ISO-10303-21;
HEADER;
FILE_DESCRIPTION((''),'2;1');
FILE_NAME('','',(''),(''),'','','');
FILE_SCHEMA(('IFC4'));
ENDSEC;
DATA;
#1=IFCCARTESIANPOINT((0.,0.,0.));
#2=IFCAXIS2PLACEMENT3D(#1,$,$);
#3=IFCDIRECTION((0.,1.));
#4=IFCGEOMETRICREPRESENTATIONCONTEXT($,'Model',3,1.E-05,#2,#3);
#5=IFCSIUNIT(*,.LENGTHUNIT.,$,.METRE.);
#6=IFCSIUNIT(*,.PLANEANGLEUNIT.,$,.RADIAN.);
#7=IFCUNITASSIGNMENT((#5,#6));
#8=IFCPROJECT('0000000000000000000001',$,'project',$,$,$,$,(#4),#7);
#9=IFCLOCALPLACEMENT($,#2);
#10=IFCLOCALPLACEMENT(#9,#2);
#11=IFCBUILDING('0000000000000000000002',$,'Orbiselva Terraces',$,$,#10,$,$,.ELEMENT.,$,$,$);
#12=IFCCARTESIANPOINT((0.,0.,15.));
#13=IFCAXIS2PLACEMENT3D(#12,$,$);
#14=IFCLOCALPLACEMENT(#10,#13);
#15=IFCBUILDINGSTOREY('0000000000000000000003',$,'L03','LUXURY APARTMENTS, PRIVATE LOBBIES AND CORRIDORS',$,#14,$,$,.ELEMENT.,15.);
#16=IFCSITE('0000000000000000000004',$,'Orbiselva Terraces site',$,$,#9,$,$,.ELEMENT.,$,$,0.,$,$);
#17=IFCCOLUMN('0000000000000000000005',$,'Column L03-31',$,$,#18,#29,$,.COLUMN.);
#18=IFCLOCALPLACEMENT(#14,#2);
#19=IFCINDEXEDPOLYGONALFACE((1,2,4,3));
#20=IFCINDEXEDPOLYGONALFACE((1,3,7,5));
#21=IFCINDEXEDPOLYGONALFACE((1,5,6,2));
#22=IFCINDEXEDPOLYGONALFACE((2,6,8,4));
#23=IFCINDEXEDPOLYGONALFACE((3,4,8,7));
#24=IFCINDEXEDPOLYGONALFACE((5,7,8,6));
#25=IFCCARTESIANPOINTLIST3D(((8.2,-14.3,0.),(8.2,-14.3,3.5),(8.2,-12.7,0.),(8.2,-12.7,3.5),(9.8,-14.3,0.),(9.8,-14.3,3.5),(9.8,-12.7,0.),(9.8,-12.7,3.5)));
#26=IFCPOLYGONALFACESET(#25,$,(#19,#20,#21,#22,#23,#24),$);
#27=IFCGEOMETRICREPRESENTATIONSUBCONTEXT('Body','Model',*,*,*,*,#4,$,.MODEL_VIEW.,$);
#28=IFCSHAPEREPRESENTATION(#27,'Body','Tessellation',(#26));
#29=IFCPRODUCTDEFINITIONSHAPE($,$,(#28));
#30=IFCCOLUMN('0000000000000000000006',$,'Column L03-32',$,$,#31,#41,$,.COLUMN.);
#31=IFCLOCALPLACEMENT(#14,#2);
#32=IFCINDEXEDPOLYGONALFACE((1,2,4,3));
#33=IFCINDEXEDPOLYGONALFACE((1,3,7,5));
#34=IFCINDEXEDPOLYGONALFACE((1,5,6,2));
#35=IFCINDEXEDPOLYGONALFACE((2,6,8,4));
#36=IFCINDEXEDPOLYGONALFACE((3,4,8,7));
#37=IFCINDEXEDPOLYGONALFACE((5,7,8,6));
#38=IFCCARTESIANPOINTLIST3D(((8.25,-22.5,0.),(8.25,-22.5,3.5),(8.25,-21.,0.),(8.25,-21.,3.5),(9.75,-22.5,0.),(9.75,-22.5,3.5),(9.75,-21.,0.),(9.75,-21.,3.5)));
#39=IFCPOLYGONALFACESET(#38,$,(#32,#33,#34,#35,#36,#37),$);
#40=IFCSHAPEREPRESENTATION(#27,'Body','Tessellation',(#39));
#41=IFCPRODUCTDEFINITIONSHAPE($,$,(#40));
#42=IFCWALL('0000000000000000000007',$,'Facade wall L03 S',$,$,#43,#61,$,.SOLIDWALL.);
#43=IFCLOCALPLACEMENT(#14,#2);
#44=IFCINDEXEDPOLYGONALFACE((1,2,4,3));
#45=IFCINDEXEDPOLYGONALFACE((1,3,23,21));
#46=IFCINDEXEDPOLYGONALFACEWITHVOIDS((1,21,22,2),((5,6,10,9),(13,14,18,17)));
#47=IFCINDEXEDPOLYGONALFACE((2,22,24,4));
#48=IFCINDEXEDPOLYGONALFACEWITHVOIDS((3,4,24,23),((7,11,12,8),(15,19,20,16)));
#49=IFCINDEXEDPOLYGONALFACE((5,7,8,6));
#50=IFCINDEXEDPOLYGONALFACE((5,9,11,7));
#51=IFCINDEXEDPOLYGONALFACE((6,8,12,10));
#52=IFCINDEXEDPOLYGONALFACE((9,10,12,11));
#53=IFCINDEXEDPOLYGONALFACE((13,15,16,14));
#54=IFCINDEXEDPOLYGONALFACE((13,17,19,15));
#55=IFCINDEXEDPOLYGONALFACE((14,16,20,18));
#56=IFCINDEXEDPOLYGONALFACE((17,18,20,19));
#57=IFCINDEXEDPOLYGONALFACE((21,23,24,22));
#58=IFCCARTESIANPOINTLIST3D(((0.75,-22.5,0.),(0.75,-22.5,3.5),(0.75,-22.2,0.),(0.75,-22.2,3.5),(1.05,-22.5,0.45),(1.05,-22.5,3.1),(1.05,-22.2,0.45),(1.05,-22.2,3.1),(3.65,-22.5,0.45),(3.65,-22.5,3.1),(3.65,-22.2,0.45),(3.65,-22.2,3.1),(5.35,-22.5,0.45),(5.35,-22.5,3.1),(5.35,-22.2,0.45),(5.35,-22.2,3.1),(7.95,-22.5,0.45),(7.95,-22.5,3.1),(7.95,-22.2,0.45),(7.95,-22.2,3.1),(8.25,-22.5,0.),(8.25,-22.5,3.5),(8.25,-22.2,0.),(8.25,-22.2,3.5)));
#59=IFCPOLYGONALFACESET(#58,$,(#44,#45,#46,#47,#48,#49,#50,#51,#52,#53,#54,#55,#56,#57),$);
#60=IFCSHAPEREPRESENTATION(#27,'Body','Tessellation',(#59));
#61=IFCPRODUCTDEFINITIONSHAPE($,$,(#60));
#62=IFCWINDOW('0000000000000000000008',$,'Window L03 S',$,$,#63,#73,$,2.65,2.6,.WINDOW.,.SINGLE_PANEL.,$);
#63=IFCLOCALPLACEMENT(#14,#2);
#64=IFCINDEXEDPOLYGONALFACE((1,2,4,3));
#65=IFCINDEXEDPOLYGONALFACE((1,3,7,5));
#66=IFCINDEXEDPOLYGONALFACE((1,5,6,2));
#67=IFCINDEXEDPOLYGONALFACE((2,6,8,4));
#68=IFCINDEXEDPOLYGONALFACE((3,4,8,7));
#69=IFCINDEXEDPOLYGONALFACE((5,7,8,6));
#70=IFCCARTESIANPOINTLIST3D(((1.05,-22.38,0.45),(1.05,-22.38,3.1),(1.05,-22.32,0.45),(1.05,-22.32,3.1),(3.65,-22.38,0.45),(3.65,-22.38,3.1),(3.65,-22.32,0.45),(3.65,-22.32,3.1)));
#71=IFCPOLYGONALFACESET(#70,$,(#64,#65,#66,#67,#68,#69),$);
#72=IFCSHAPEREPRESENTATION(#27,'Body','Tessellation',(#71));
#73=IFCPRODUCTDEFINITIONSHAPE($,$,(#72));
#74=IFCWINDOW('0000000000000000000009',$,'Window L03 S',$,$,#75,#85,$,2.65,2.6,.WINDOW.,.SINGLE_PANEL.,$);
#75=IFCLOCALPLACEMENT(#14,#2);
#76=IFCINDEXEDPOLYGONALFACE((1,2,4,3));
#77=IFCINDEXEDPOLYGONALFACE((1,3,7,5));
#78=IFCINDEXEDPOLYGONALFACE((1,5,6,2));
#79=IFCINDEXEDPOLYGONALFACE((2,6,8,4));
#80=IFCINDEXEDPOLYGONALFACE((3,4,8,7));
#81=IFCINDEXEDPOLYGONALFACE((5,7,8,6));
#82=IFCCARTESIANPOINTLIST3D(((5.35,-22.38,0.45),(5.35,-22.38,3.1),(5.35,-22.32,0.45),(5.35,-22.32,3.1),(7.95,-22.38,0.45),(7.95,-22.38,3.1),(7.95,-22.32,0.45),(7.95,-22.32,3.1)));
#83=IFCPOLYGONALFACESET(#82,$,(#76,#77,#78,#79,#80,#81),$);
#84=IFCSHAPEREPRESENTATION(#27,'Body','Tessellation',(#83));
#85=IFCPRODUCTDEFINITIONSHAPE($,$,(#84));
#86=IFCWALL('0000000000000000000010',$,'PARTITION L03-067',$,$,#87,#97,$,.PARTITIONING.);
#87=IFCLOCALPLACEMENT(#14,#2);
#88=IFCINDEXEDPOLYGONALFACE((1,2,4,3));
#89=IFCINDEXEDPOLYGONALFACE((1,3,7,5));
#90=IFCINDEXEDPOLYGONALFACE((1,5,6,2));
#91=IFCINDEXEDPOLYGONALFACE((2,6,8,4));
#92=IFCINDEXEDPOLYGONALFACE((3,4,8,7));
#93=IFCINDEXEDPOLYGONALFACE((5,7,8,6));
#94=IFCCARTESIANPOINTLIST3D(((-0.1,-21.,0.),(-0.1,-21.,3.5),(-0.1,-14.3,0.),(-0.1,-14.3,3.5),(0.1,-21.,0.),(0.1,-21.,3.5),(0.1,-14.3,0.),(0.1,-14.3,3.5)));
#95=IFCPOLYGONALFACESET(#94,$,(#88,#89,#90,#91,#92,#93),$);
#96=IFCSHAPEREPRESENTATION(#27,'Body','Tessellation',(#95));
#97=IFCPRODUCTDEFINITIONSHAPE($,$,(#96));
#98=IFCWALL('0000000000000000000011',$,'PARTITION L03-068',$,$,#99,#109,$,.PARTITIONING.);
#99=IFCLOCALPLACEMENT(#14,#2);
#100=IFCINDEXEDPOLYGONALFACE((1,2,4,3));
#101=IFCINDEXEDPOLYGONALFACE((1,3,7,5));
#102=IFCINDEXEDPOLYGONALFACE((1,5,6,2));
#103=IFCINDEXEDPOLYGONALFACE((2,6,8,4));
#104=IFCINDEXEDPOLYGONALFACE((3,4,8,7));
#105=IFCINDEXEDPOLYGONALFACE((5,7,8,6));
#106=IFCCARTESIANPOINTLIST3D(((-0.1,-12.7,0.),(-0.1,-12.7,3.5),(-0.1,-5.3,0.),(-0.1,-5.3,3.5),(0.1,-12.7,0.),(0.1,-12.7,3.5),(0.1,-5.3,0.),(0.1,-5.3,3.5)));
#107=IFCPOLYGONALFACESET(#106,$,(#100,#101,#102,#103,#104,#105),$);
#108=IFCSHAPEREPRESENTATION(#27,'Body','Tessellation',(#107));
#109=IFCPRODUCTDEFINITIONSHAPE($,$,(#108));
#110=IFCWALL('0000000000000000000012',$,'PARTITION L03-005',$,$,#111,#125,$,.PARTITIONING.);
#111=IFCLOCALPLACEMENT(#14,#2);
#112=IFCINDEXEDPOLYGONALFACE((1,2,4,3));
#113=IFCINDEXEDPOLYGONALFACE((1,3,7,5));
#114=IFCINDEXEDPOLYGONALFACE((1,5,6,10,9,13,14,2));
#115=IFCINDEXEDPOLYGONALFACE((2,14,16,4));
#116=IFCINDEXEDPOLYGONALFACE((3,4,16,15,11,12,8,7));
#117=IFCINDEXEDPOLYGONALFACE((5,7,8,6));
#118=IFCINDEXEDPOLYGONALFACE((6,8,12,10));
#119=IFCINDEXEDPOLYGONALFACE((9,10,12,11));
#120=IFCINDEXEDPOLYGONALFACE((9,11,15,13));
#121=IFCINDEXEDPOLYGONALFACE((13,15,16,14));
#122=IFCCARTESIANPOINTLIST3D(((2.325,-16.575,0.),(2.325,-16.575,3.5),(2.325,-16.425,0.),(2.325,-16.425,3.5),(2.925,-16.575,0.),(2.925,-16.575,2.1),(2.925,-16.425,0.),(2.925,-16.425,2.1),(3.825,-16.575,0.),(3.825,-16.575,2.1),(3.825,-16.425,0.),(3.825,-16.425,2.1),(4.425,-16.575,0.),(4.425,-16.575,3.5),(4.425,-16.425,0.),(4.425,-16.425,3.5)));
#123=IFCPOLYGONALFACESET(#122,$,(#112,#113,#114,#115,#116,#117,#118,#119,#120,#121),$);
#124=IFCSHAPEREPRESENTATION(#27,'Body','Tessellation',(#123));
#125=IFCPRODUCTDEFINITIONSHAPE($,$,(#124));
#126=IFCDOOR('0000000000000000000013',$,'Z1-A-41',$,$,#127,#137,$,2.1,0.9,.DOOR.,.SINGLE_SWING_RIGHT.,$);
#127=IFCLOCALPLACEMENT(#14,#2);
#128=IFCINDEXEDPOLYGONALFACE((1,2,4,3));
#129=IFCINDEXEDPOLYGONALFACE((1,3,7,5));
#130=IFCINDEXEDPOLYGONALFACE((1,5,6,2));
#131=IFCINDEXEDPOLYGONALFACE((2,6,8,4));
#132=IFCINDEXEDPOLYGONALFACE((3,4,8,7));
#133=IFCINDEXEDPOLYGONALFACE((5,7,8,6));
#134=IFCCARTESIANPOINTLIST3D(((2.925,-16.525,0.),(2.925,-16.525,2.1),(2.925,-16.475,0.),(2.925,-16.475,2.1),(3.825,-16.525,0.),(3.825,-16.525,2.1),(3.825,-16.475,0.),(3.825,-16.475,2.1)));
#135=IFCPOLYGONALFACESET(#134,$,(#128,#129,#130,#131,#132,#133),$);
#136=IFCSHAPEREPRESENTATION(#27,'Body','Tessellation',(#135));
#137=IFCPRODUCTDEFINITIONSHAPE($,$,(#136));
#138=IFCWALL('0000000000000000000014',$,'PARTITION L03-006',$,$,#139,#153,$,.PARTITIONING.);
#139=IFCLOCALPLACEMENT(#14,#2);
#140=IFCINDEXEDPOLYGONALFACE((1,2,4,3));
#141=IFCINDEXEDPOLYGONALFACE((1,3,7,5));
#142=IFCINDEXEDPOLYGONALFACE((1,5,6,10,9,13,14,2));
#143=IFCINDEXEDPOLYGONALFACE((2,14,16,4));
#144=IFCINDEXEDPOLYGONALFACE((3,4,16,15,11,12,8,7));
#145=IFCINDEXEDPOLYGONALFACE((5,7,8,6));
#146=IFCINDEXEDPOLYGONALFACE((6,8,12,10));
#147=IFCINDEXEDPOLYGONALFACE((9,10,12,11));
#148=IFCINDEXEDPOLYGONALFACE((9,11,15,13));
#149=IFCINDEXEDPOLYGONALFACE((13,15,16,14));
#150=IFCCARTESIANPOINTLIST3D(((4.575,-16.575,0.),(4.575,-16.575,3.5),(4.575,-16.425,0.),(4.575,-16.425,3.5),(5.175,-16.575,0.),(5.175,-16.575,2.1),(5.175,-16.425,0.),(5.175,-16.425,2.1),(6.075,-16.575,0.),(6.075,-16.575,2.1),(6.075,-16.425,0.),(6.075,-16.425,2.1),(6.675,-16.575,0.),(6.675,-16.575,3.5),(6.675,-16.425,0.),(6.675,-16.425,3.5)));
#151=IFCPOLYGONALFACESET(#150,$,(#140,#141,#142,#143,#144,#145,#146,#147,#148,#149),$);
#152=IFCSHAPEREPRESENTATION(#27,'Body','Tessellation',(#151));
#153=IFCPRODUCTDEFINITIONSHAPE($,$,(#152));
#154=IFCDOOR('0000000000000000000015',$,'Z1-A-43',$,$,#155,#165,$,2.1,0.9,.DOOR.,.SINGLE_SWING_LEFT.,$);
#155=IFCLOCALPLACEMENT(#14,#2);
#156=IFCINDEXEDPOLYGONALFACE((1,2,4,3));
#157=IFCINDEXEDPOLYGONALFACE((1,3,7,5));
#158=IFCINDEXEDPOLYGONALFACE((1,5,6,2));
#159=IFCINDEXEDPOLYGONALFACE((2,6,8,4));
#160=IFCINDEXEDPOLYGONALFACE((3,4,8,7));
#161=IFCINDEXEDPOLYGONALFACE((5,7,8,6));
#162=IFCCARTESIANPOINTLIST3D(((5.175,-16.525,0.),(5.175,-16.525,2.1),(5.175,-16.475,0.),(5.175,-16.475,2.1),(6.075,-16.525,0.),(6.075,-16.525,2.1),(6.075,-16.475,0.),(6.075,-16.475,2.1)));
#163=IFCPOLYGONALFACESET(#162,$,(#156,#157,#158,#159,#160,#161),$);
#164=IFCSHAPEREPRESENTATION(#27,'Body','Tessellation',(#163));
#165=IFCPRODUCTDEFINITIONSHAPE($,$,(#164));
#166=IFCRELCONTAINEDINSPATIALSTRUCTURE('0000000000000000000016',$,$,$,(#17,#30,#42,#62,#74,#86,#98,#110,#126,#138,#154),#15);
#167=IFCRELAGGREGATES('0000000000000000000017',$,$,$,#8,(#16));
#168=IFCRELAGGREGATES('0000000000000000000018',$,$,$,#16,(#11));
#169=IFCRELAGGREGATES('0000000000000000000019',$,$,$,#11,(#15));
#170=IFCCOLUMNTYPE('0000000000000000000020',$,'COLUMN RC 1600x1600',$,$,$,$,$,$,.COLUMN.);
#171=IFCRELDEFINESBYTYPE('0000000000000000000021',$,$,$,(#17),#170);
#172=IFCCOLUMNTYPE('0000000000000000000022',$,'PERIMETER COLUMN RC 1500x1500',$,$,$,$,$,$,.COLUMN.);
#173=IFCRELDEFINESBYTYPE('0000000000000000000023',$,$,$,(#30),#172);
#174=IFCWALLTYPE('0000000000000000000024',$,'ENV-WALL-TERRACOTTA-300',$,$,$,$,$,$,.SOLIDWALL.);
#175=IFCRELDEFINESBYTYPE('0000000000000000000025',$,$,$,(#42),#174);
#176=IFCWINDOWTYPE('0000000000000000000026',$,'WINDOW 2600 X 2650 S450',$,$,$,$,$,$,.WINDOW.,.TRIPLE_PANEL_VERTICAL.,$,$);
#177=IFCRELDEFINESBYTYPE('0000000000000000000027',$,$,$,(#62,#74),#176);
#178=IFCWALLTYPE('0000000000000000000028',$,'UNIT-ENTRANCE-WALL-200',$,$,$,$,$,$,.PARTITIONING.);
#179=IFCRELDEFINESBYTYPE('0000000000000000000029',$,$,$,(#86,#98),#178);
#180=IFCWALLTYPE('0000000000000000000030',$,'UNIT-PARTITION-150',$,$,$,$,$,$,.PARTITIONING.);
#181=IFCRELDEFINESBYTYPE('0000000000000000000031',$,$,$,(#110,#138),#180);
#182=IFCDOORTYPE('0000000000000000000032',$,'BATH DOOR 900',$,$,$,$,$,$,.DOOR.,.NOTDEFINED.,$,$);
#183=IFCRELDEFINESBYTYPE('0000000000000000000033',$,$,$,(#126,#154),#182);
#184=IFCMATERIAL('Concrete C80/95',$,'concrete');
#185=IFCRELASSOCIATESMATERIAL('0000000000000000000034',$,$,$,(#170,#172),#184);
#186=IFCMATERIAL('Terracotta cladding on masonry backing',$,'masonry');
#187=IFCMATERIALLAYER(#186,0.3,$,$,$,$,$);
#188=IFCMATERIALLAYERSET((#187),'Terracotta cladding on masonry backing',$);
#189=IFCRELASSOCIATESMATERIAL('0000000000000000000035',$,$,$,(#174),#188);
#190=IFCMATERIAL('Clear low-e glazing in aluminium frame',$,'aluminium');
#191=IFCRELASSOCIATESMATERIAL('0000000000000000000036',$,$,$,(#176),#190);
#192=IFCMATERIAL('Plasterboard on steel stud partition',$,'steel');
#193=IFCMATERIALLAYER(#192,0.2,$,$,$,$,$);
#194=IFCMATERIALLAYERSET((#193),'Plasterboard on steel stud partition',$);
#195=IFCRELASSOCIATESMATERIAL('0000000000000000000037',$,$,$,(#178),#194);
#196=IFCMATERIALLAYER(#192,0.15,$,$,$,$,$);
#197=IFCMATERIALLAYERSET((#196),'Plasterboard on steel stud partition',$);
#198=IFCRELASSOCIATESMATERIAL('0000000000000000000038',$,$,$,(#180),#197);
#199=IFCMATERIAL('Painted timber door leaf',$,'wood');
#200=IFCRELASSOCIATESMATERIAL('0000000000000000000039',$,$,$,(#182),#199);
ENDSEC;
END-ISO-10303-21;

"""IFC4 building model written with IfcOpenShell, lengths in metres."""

from ifc_helpers import new_model, si_unit, direction, frame, frame_2d, origin, origin_2d, place, context, subcontext, project, spatial, rectangle, extrude, material, layer, layer_set, material_profile, profile_set, type_object, element, fill, save


model = new_model("IFC4")

# Units and contexts
model_context = context("Model", 3, precision=1e-05, world=origin(), true_north=direction((0.0, 1.0)))
body_context = subcontext(model_context, "Body", "Model", "MODEL_VIEW")
ifc_project = project(units=[si_unit("LENGTHUNIT", "METRE"), si_unit("PLANEANGLEUNIT", "RADIAN")], contexts=[model_context])

# Site, building, storey
site_placement = place(None, origin())
site = spatial("IfcSite", under=ifc_project, at=site_placement, Name="Orbiselva Terraces site", CompositionType="ELEMENT", RefElevation=0.0)
building_placement = place(site_placement, origin())
building = spatial("IfcBuilding", under=site, at=building_placement, Name="Orbiselva Terraces", CompositionType="ELEMENT")
storey_placement = place(building_placement, frame((0.0, 0.0, 15.0)))
storey = spatial("IfcBuildingStorey", under=building, at=storey_placement, Name="L03", Description="LUXURY APARTMENTS, PRIVATE LOBBIES AND CORRIDORS", CompositionType="ELEMENT", Elevation=15.0)

# Columns
ifc_material_1 = material(Name="Concrete C80/95", Category="concrete")
ifc_material_profile_1 = material_profile(ifc_material_1, rectangle(XDim=1.6, YDim=1.6, at=origin_2d()), Name="RC 1600x1600")
ifc_profile_set_1 = profile_set([ifc_material_profile_1], Name="Concrete C80/95")
column_type_1 = type_object("IfcColumnType", Name="COLUMN RC 1600x1600", PredefinedType="COLUMN", material=ifc_profile_set_1)
column_1_placement = place(storey_placement, frame((9.0, -13.5, 0.0), z_axis=(0.0, 0.0, 1.0), x_axis=(1.0, 0.0, 0.0)))
element("IfcColumn", 1, at=column_1_placement, inside=storey, type_object=column_type_1, Name="Column L03-31", PredefinedType="COLUMN", context=body_context, shape_type="SweptSolid", body=[
    extrude(rectangle(XDim=1.6, YDim=1.6, at=origin_2d()), origin(), (0.0, 0.0, 1.0), 3.5),
])
ifc_material_profile_2 = material_profile(ifc_material_1, rectangle(XDim=1.5, YDim=1.5, at=origin_2d()), Name="RC 1500x1500")
ifc_profile_set_2 = profile_set([ifc_material_profile_2], Name="Concrete C80/95")
column_type_2 = type_object("IfcColumnType", Name="PERIMETER COLUMN RC 1500x1500", PredefinedType="COLUMN", material=ifc_profile_set_2)
column_2_placement = place(storey_placement, frame((9.0, -21.75, 0.0), z_axis=(0.0, 0.0, 1.0), x_axis=(1.0, 0.0, 0.0)))
element("IfcColumn", 2, at=column_2_placement, inside=storey, type_object=column_type_2, Name="Column L03-32", PredefinedType="COLUMN", context=body_context, shape_type="SweptSolid", body=[
    extrude(rectangle(XDim=1.5, YDim=1.5, at=origin_2d()), origin(), (0.0, 0.0, 1.0), 3.5),
])

# Wall, openings, windows
ifc_material_2 = material(Name="Terracotta cladding on masonry backing", Category="masonry")
ifc_layer_1 = layer(ifc_material_2, 0.3)
ifc_layer_set_1 = layer_set([ifc_layer_1], Name="Terracotta cladding on masonry backing")
wall_type_1 = type_object("IfcWallType", Name="ENV-WALL-TERRACOTTA-300", PredefinedType="SOLIDWALL", material=ifc_layer_set_1)
wall_1_placement = place(storey_placement, frame((8.25, -22.35, 0.0), z_axis=(0.0, 0.0, 1.0), x_axis=(-1.0, 0.0, 0.0)))
wall_1 = element("IfcWall", 3, at=wall_1_placement, inside=storey, type_object=wall_type_1, Name="Facade wall L03 S", PredefinedType="SOLIDWALL", context=body_context, shape_type="SweptSolid", body=[
    extrude(rectangle(XDim=7.5, YDim=0.3, at=frame_2d((3.75, 0.0))), origin(), (0.0, 0.0, 1.0), 3.5),
])
opening_1_placement = place(wall_1_placement, frame((4.6, 0.0, 0.45)))
opening_1 = element("IfcOpeningElement", 4, at=opening_1_placement, cuts=wall_1, PredefinedType="OPENING", context=body_context, shape_type="SweptSolid", body=[
    extrude(rectangle(XDim=2.6, YDim=2.65, at=frame_2d((1.3, 1.325))), frame((0.0, 0.16, 0.0), z_axis=(0.0, -1.0, 0.0), x_axis=(1.0, 0.0, 0.0)), (0.0, 0.0, 1.0), 0.32),
])
opening_2_placement = place(wall_1_placement, frame((0.3, 0.0, 0.45)))
opening_2 = element("IfcOpeningElement", 5, at=opening_2_placement, cuts=wall_1, PredefinedType="OPENING", context=body_context, shape_type="SweptSolid", body=[
    extrude(rectangle(XDim=2.6, YDim=2.65, at=frame_2d((1.3, 1.325))), frame((0.0, 0.16, 0.0), z_axis=(0.0, -1.0, 0.0), x_axis=(1.0, 0.0, 0.0)), (0.0, 0.0, 1.0), 0.32),
])
ifc_material_3 = material(Name="Clear low-e glazing in aluminium frame", Category="aluminium")
window_type = type_object("IfcWindowType", Name="WINDOW 2600 X 2650 S450", PartitioningType="TRIPLE_PANEL_VERTICAL", PredefinedType="WINDOW", material=ifc_material_3)
window_1_placement = place(opening_1_placement, origin())
window_1 = element("IfcWindow", 6, at=window_1_placement, inside=storey, type_object=window_type, Name="Window L03 S", OverallHeight=2.65, OverallWidth=2.6, PartitioningType="SINGLE_PANEL", PredefinedType="WINDOW", context=body_context, shape_type="SweptSolid", body=[
    extrude(rectangle(XDim=2.6, YDim=2.65, at=frame_2d((1.3, 1.325))), frame((0.0, 0.03, 0.0), z_axis=(0.0, -1.0, 0.0), x_axis=(1.0, 0.0, 0.0)), (0.0, 0.0, 1.0), 0.06),
])
fill(opening_1, window_1)
window_2_placement = place(opening_2_placement, origin())
window_2 = element("IfcWindow", 7, at=window_2_placement, inside=storey, type_object=window_type, Name="Window L03 S", OverallHeight=2.65, OverallWidth=2.6, PartitioningType="SINGLE_PANEL", PredefinedType="WINDOW", context=body_context, shape_type="SweptSolid", body=[
    extrude(rectangle(XDim=2.6, YDim=2.65, at=frame_2d((1.3, 1.325))), frame((0.0, 0.03, 0.0), z_axis=(0.0, -1.0, 0.0), x_axis=(1.0, 0.0, 0.0)), (0.0, 0.0, 1.0), 0.06),
])
fill(opening_2, window_2)

# Walls
ifc_material_4 = material(Name="Plasterboard on steel stud partition", Category="steel")
ifc_layer_2 = layer(ifc_material_4, 0.2)
ifc_layer_set_2 = layer_set([ifc_layer_2], Name="Plasterboard on steel stud partition")
wall_type_2 = type_object("IfcWallType", Name="UNIT-ENTRANCE-WALL-200", PredefinedType="PARTITIONING", material=ifc_layer_set_2)
wall_2_placement = place(storey_placement, frame((0.0, -21.0, 0.0), z_axis=(0.0, 0.0, 1.0), x_axis=(0.0, 1.0, 0.0)))
element("IfcWall", 8, at=wall_2_placement, inside=storey, type_object=wall_type_2, Name="PARTITION L03-067", PredefinedType="PARTITIONING", context=body_context, shape_type="SweptSolid", body=[
    extrude(rectangle(XDim=6.7, YDim=0.2, at=frame_2d((3.35, 0.0))), origin(), (0.0, 0.0, 1.0), 3.5),
])
wall_3_placement = place(storey_placement, frame((0.0, -12.7, 0.0), z_axis=(0.0, 0.0, 1.0), x_axis=(0.0, 1.0, 0.0)))
element("IfcWall", 9, at=wall_3_placement, inside=storey, type_object=wall_type_2, Name="PARTITION L03-068", PredefinedType="PARTITIONING", context=body_context, shape_type="SweptSolid", body=[
    extrude(rectangle(XDim=7.4, YDim=0.2, at=frame_2d((3.7, 0.0))), origin(), (0.0, 0.0, 1.0), 3.5),
])

# Walls, openings, doors
ifc_layer_3 = layer(ifc_material_4, 0.15)
ifc_layer_set_3 = layer_set([ifc_layer_3], Name="Plasterboard on steel stud partition")
wall_type_3 = type_object("IfcWallType", Name="UNIT-PARTITION-150", PredefinedType="PARTITIONING", material=ifc_layer_set_3)
wall_4_placement = place(storey_placement, frame((2.325, -16.5, 0.0), z_axis=(0.0, 0.0, 1.0), x_axis=(1.0, 0.0, 0.0)))
wall_4 = element("IfcWall", 10, at=wall_4_placement, inside=storey, type_object=wall_type_3, Name="PARTITION L03-005", PredefinedType="PARTITIONING", context=body_context, shape_type="SweptSolid", body=[
    extrude(rectangle(XDim=2.1, YDim=0.15, at=frame_2d((1.05, 0.0))), origin(), (0.0, 0.0, 1.0), 3.5),
])
opening_3_placement = place(wall_4_placement, frame((0.6, 0.0, 0.0)))
opening_3 = element("IfcOpeningElement", 11, at=opening_3_placement, cuts=wall_4, PredefinedType="OPENING", context=body_context, shape_type="SweptSolid", body=[
    extrude(rectangle(XDim=0.9, YDim=2.1, at=frame_2d((0.45, 1.05))), frame((0.0, 0.085, 0.0), z_axis=(0.0, -1.0, 0.0), x_axis=(1.0, 0.0, 0.0)), (0.0, 0.0, 1.0), 0.17),
])
ifc_material_5 = material(Name="Painted timber door leaf", Category="wood")
door_type_1 = type_object("IfcDoorType", Name="BATH DOOR 900", OperationType="NOTDEFINED", PredefinedType="DOOR", material=ifc_material_5)
door_1_placement = place(opening_3_placement, origin())
door_1 = element("IfcDoor", 12, at=door_1_placement, inside=storey, type_object=door_type_1, Name="Z1-A-41", OperationType="SINGLE_SWING_RIGHT", OverallHeight=2.1, OverallWidth=0.9, PredefinedType="DOOR", context=body_context, shape_type="SweptSolid", body=[
    extrude(rectangle(XDim=0.9, YDim=2.1, at=frame_2d((0.45, 1.05))), frame((0.0, 0.025, 0.0), z_axis=(0.0, -1.0, 0.0), x_axis=(1.0, 0.0, 0.0)), (0.0, 0.0, 1.0), 0.05),
])
fill(opening_3, door_1)
wall_5_placement = place(storey_placement, frame((4.575, -16.5, 0.0), z_axis=(0.0, 0.0, 1.0), x_axis=(1.0, 0.0, 0.0)))
wall_5 = element("IfcWall", 13, at=wall_5_placement, inside=storey, type_object=wall_type_3, Name="PARTITION L03-006", PredefinedType="PARTITIONING", context=body_context, shape_type="SweptSolid", body=[
    extrude(rectangle(XDim=2.1, YDim=0.15, at=frame_2d((1.05, 0.0))), origin(), (0.0, 0.0, 1.0), 3.5),
])
opening_4_placement = place(wall_5_placement, frame((0.6, 0.0, 0.0)))
opening_4 = element("IfcOpeningElement", 14, at=opening_4_placement, cuts=wall_5, PredefinedType="OPENING", context=body_context, shape_type="SweptSolid", body=[
    extrude(rectangle(XDim=0.9, YDim=2.1, at=frame_2d((0.45, 1.05))), frame((0.0, 0.085, 0.0), z_axis=(0.0, -1.0, 0.0), x_axis=(1.0, 0.0, 0.0)), (0.0, 0.0, 1.0), 0.17),
])
door_2_placement = place(opening_4_placement, origin())
door_2 = element("IfcDoor", 15, at=door_2_placement, inside=storey, type_object=door_type_1, Name="Z1-A-43", OperationType="SINGLE_SWING_LEFT", OverallHeight=2.1, OverallWidth=0.9, PredefinedType="DOOR", context=body_context, shape_type="SweptSolid", body=[
    extrude(rectangle(XDim=0.9, YDim=2.1, at=frame_2d((0.45, 1.05))), frame((0.0, 0.025, 0.0), z_axis=(0.0, -1.0, 0.0), x_axis=(1.0, 0.0, 0.0)), (0.0, 0.0, 1.0), 0.05),
])
fill(opening_4, door_2)

save(model, "model.ifc")
